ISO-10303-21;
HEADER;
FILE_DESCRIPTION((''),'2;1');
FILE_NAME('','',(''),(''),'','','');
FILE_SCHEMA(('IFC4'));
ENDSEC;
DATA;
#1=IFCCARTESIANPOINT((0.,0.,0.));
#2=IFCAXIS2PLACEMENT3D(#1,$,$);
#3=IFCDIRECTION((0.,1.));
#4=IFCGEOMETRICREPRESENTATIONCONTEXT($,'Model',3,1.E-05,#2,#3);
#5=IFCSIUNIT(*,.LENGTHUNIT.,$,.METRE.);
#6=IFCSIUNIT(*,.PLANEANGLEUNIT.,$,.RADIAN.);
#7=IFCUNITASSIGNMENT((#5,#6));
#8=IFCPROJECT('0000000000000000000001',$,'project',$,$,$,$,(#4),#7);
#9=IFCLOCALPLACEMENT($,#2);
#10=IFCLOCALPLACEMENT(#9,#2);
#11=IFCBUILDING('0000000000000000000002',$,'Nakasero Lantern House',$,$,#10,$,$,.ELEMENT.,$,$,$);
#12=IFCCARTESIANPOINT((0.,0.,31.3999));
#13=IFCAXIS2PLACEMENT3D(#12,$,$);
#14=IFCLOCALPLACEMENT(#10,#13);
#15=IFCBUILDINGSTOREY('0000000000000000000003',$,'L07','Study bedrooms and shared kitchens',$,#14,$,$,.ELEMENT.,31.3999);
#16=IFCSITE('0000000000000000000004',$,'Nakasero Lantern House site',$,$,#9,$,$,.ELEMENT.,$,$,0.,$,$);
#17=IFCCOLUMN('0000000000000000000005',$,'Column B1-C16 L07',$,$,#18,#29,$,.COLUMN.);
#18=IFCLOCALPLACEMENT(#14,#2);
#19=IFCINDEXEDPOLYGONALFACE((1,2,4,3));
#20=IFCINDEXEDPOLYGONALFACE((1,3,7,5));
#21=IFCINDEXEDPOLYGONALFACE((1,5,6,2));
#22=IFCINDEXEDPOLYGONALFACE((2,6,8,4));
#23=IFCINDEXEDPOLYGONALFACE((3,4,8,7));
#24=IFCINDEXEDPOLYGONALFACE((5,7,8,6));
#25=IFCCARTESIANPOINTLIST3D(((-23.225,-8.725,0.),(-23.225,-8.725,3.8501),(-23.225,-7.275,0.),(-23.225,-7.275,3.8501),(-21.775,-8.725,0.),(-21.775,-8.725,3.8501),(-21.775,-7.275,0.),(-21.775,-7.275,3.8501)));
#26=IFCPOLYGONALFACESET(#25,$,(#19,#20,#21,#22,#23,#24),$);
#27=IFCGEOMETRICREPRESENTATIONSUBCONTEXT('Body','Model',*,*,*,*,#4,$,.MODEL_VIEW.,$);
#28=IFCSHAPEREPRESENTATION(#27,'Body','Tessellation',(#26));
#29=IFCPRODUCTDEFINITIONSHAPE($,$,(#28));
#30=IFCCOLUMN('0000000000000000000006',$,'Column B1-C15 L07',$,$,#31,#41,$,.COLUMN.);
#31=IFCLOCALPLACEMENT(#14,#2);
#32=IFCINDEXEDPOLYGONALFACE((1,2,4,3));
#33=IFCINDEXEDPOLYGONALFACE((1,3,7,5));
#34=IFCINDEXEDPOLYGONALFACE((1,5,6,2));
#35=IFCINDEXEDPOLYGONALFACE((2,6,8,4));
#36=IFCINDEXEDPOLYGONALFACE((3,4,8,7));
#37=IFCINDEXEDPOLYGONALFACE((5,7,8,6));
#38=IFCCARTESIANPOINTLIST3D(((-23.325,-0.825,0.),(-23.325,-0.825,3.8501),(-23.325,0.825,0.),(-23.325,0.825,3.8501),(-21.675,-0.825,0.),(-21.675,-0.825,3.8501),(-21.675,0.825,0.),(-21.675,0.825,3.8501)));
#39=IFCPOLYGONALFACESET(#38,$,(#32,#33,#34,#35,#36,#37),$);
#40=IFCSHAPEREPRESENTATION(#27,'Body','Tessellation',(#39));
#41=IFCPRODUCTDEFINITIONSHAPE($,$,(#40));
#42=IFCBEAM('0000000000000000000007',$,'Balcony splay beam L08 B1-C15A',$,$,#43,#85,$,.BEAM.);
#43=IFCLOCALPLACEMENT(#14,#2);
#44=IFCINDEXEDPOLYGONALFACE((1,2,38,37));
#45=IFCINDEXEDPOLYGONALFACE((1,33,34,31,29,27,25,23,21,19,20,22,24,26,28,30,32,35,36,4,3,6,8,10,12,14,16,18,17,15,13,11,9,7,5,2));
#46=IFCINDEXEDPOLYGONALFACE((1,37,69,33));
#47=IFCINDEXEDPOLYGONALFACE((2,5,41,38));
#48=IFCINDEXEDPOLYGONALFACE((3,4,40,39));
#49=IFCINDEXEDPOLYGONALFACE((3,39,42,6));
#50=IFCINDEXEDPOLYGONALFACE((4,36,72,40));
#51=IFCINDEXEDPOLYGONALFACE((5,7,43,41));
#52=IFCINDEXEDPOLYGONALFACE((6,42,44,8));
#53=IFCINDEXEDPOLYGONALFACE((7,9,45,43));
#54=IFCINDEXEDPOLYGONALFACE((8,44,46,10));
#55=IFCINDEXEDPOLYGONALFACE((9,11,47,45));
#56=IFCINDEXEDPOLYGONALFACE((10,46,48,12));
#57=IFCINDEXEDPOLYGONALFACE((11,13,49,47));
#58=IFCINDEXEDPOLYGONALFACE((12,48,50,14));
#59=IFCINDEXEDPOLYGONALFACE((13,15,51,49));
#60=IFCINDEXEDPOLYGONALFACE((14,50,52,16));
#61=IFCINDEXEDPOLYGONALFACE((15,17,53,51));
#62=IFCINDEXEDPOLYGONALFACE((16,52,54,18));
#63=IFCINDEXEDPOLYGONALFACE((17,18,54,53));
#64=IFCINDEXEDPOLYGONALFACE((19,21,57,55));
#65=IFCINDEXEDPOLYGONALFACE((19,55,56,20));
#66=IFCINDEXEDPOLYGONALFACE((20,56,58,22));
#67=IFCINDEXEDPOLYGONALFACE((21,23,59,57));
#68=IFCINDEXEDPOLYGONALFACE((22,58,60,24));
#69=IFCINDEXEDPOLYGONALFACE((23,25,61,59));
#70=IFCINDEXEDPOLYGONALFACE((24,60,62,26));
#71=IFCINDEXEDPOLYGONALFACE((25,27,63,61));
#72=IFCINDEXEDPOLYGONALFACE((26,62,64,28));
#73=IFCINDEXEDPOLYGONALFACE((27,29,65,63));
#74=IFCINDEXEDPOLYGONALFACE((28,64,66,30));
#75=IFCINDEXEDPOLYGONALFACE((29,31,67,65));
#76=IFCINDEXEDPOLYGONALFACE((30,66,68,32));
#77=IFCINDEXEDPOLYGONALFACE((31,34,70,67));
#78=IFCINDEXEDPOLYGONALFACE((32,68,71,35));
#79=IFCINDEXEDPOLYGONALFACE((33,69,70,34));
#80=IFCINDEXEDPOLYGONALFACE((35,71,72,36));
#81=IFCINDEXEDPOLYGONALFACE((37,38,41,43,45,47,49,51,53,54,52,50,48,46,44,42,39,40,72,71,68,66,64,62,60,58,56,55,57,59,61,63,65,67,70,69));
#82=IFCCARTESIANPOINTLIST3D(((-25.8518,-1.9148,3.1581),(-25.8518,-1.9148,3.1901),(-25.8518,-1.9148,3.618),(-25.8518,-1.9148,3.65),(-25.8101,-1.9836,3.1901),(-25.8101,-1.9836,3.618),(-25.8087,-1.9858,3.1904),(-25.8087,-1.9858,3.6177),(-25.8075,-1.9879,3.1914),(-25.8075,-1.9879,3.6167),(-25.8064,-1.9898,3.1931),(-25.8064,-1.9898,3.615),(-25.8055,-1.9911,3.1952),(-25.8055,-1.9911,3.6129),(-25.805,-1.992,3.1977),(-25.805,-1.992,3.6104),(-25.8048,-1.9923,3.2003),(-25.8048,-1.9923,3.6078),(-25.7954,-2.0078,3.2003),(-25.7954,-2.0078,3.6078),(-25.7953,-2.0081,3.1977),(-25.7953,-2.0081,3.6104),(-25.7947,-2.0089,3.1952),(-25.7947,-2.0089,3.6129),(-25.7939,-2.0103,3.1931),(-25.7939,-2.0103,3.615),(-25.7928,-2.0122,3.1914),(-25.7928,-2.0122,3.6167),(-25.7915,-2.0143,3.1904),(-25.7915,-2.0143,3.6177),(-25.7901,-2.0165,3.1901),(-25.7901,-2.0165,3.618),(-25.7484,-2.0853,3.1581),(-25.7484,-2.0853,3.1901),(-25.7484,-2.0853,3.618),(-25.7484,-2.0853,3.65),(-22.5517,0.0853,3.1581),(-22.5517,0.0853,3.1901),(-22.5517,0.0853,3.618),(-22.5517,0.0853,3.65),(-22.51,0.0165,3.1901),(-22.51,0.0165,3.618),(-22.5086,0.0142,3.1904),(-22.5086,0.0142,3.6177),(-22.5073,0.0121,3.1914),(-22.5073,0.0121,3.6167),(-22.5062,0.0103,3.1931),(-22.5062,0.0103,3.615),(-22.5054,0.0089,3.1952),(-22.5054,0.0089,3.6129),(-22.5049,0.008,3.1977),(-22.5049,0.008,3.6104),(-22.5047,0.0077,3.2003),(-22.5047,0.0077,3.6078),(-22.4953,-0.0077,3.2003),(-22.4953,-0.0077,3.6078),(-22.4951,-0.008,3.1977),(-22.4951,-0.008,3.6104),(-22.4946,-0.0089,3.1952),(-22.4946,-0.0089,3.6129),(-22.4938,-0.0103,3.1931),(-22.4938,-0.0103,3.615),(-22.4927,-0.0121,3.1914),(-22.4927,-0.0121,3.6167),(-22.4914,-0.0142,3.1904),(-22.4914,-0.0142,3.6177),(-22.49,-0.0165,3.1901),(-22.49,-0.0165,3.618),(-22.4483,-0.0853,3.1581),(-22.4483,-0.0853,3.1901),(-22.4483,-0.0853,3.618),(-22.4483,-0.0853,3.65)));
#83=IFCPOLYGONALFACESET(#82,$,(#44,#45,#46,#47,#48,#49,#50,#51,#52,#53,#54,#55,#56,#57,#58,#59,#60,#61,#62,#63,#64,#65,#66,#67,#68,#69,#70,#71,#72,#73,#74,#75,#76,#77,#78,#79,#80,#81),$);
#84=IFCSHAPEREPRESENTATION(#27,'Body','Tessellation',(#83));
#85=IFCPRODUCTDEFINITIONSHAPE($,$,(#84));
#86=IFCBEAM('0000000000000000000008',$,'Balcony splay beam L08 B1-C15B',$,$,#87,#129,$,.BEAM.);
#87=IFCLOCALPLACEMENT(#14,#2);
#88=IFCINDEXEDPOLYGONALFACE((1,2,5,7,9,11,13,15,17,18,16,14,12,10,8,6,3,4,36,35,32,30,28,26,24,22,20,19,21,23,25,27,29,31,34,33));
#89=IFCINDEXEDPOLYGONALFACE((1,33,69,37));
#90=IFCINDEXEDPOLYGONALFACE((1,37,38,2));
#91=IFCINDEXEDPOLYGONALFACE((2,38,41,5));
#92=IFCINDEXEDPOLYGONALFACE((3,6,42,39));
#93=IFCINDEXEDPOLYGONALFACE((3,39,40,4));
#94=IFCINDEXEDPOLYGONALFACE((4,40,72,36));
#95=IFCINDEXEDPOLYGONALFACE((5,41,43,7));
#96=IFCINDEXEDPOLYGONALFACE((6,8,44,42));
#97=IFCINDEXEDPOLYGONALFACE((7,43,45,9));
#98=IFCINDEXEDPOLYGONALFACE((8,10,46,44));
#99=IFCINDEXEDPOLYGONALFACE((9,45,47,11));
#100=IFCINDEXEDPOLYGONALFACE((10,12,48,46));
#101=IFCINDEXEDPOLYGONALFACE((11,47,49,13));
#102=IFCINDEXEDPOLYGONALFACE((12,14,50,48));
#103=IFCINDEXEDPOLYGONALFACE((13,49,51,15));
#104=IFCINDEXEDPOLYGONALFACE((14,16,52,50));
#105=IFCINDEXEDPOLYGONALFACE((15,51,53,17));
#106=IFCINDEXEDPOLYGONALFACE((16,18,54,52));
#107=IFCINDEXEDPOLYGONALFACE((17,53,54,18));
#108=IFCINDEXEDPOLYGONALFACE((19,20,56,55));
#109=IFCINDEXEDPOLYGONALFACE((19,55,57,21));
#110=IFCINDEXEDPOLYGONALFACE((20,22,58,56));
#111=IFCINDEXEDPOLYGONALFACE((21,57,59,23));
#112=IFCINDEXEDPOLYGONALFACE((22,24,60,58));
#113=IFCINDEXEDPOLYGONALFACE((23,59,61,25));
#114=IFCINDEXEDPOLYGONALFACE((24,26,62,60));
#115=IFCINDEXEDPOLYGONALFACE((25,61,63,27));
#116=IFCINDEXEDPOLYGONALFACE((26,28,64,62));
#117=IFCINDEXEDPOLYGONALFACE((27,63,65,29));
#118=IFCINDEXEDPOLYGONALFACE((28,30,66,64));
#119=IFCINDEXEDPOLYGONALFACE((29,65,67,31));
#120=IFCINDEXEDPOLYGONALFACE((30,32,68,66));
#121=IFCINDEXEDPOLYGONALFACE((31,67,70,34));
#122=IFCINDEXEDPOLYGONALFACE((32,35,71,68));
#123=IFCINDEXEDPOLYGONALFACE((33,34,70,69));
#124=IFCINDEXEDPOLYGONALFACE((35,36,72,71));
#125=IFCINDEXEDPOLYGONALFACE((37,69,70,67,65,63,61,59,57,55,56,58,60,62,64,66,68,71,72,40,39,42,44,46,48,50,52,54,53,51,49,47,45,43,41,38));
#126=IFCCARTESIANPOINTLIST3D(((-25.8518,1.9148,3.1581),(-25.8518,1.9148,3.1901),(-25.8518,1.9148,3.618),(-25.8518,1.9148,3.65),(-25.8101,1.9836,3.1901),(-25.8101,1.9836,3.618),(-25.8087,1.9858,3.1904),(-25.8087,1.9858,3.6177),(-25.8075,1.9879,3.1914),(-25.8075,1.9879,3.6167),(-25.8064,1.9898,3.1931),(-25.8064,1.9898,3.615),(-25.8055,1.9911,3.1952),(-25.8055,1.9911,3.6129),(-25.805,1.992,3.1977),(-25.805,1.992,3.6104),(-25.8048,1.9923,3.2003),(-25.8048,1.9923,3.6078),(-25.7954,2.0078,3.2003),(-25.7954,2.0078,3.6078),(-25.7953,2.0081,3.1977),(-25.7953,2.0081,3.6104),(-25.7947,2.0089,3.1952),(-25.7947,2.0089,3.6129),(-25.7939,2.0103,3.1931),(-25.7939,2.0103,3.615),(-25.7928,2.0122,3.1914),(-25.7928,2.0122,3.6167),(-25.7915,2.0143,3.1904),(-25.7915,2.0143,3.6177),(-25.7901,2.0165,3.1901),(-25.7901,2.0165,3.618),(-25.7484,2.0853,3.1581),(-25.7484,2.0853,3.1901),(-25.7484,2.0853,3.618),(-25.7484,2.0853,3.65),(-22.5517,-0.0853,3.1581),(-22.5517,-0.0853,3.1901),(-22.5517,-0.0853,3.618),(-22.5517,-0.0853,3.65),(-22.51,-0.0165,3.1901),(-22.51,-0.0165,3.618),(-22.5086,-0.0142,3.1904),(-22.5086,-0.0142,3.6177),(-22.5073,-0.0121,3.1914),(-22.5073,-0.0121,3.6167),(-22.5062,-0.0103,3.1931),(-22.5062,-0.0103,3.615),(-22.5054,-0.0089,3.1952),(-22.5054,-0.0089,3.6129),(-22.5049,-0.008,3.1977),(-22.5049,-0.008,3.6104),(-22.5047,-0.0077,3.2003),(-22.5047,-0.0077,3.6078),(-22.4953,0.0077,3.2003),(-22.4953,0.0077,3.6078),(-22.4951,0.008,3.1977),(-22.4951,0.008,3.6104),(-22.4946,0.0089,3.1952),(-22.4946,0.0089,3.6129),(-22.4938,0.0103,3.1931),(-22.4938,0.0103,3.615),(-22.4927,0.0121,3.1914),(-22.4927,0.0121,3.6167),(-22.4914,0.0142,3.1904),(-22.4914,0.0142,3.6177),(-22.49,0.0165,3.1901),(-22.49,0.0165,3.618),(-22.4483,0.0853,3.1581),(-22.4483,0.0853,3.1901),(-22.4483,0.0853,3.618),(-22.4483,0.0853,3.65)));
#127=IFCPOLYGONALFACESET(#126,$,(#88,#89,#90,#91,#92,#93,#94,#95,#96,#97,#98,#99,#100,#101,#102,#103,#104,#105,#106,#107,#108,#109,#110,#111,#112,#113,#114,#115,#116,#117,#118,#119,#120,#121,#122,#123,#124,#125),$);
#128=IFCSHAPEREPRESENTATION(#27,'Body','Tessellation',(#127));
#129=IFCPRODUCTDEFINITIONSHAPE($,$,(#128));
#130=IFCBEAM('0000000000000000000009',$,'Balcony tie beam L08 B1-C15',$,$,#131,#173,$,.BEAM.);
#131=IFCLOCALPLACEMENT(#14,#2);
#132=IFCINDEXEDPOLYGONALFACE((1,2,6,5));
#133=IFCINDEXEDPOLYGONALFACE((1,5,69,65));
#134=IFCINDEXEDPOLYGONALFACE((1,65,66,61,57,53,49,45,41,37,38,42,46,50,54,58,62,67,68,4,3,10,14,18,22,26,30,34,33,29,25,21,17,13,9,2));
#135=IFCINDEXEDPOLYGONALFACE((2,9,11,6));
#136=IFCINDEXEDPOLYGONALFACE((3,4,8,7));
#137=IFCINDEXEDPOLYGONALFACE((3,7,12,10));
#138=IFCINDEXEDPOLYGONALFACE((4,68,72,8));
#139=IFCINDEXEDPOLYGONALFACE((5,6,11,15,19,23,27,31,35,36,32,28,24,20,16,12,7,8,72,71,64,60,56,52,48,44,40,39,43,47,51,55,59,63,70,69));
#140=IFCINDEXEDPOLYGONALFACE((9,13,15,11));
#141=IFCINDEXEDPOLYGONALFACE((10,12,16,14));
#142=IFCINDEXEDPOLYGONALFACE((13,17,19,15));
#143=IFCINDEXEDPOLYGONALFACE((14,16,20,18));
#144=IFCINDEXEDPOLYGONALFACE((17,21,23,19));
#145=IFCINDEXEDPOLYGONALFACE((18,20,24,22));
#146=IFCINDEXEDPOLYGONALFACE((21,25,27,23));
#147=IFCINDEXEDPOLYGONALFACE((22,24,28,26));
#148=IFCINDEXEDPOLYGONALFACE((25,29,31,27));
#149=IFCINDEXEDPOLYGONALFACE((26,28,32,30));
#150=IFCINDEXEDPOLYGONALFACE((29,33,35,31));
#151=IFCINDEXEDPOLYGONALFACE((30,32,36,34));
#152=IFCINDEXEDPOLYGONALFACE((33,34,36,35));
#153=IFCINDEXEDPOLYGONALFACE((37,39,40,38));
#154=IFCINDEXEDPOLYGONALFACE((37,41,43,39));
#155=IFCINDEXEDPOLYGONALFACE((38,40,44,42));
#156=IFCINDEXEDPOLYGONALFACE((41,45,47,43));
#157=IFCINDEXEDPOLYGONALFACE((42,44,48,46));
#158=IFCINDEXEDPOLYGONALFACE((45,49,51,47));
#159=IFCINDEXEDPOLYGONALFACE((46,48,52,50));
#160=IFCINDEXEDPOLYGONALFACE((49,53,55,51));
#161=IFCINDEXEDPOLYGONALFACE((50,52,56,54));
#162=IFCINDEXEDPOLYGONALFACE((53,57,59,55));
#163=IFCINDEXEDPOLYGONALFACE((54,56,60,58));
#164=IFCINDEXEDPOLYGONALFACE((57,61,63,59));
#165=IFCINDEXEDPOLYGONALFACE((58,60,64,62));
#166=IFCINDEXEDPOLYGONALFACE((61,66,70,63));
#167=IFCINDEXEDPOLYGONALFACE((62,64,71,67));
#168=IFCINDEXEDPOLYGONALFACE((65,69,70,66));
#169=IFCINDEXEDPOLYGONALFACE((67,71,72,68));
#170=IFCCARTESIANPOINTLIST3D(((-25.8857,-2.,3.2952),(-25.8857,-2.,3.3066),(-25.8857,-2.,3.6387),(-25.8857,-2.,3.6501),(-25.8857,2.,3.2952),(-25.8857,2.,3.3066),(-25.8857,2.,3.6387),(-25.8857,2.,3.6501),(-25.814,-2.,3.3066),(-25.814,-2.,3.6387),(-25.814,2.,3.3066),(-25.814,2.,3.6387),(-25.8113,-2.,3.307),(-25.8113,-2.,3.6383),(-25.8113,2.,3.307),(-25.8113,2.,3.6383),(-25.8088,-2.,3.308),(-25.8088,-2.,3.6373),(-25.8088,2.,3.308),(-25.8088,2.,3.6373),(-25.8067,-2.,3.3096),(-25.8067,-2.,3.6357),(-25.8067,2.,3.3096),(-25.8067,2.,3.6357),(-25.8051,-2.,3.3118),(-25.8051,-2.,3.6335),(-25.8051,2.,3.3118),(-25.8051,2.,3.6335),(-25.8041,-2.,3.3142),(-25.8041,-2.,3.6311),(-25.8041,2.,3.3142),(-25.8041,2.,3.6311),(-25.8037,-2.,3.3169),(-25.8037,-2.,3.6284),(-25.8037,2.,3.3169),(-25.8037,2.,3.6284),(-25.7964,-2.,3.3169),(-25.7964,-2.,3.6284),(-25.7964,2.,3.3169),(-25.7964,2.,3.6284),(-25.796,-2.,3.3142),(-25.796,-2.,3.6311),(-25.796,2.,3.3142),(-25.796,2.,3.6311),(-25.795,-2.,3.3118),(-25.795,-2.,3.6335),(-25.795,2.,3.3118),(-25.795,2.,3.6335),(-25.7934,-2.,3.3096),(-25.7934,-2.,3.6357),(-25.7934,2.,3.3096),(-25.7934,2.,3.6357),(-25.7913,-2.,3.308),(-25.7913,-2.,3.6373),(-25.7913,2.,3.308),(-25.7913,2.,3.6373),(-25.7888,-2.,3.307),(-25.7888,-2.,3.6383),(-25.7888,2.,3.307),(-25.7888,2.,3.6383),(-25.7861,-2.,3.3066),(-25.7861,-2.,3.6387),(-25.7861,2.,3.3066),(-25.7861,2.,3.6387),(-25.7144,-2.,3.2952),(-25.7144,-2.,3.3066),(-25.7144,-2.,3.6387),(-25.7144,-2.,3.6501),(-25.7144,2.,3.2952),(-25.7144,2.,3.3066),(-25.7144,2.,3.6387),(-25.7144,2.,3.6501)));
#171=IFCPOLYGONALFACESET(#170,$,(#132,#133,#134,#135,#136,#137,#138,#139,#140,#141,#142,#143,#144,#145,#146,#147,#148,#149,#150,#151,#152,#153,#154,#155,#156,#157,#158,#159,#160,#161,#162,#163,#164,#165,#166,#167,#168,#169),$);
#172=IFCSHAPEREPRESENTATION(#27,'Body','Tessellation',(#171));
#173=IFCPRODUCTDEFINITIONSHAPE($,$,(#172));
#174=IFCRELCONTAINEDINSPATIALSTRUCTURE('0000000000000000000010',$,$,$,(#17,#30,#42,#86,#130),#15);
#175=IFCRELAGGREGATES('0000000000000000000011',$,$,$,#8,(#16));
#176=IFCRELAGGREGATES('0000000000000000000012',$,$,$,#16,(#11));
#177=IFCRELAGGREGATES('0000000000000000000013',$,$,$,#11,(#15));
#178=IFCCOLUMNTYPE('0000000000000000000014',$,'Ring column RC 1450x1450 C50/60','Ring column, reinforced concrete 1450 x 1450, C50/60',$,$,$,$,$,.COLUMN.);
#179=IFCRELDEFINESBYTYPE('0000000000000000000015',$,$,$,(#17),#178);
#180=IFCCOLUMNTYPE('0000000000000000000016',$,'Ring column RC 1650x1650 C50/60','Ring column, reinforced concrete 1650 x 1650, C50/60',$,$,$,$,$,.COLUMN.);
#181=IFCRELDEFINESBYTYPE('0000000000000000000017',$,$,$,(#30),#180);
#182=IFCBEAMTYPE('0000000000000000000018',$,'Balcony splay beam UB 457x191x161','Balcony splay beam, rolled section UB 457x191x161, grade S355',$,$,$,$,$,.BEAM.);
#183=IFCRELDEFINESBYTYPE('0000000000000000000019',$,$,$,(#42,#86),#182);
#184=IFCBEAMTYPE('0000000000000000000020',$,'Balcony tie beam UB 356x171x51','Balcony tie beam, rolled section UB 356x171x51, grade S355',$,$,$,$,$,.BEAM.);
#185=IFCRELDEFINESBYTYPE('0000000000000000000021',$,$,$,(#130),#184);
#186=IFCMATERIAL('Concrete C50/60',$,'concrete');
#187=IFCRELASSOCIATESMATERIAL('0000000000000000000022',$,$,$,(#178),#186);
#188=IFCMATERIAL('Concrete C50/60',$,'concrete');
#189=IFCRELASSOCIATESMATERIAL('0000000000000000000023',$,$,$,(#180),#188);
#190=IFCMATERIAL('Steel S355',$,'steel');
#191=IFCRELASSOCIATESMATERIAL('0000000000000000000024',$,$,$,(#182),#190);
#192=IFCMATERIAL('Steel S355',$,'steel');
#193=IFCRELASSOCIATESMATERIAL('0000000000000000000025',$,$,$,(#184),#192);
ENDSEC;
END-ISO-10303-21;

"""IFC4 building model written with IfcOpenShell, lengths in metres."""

from ifc_helpers import new_model, si_unit, direction, frame, origin, origin_2d, place, context, subcontext, project, spatial, rectangle, i_section, extrude, material, material_profile, profile_set, type_object, element, save


model = new_model("IFC4")

# Units and contexts
model_context = context("Model", 3, precision=1e-05, world=origin(), true_north=direction((0.0, 1.0)))
body_context = subcontext(model_context, "Body", "Model", "MODEL_VIEW")
ifc_project = project(units=[si_unit("LENGTHUNIT", "METRE"), si_unit("PLANEANGLEUNIT", "RADIAN")], contexts=[model_context])

# Site, building, storey
site_placement = place(None, origin())
site = spatial("IfcSite", under=ifc_project, at=site_placement, Name="Nakasero Lantern House site", CompositionType="ELEMENT", RefElevation=0.0)
building_placement = place(site_placement, origin())
building = spatial("IfcBuilding", under=site, at=building_placement, Name="Nakasero Lantern House", CompositionType="ELEMENT")
storey_placement = place(building_placement, frame((0.0, 0.0, 31.3999)))
storey = spatial("IfcBuildingStorey", under=building, at=storey_placement, Name="L07", Description="Study bedrooms and shared kitchens", CompositionType="ELEMENT", Elevation=31.3999)

# Columns
ifc_material_1 = material(Name="Concrete C50/60", Category="concrete")
ifc_material_profile_1 = material_profile(ifc_material_1, rectangle(XDim=1.45, YDim=1.45, at=origin_2d()), Name="RC 1450x1450")
ifc_profile_set_1 = profile_set([ifc_material_profile_1], Name="Concrete C50/60")
column_type_1 = type_object("IfcColumnType", Name="Ring column RC 1450x1450 C50/60", Description="Ring column, reinforced concrete 1450 x 1450, C50/60", PredefinedType="COLUMN", material=ifc_profile_set_1)
column_1_placement = place(storey_placement, frame((-22.5, -8.0, 0.0), z_axis=(0.0, 0.0, 1.0), x_axis=(1.0, 0.0, 0.0)))
element("IfcColumn", 1, at=column_1_placement, inside=storey, type_object=column_type_1, Name="Column B1-C16 L07", PredefinedType="COLUMN", context=body_context, shape_type="SweptSolid", body=[
    extrude(rectangle(XDim=1.45, YDim=1.45, at=origin_2d()), origin(), (0.0, 0.0, 1.0), 3.8501),
])
ifc_material_2 = material(Name="Concrete C50/60", Category="concrete")
ifc_material_profile_2 = material_profile(ifc_material_2, rectangle(XDim=1.6499, YDim=1.6499, at=origin_2d()), Name="RC 1650x1650")
ifc_profile_set_2 = profile_set([ifc_material_profile_2], Name="Concrete C50/60")
column_type_2 = type_object("IfcColumnType", Name="Ring column RC 1650x1650 C50/60", Description="Ring column, reinforced concrete 1650 x 1650, C50/60", PredefinedType="COLUMN", material=ifc_profile_set_2)
column_2_placement = place(storey_placement, frame((-22.5, 0.0, 0.0), z_axis=(0.0, 0.0, 1.0), x_axis=(1.0, 0.0, 0.0)))
element("IfcColumn", 2, at=column_2_placement, inside=storey, type_object=column_type_2, Name="Column B1-C15 L07", PredefinedType="COLUMN", context=body_context, shape_type="SweptSolid", body=[
    extrude(rectangle(XDim=1.6499, YDim=1.6499, at=origin_2d()), origin(), (0.0, 0.0, 1.0), 3.8501),
])

# Beams
ifc_material_3 = material(Name="Steel S355", Category="steel")
ifc_material_profile_3 = material_profile(ifc_material_3, i_section(OverallWidth=0.1995, OverallDepth=0.4919, WebThickness=0.0181, FlangeThickness=0.032, FilletRadius=0.0103, at=origin_2d()), Name="UB 457x191x161")
ifc_profile_set_3 = profile_set([ifc_material_profile_3], Name="Steel S355")
beam_type_1 = type_object("IfcBeamType", Name="Balcony splay beam UB 457x191x161", Description="Balcony splay beam, rolled section UB 457x191x161, grade S355", PredefinedType="BEAM", material=ifc_profile_set_3)
for number, where, z_axis, x_axis, name in (
    (3, (-22.5, 0.0, 3.4041), (-0.855201, -0.518296, 0.0), (0.518296, -0.855201, 0.0), "Balcony splay beam L08 B1-C15A"),
    (4, (-22.5, 0.0, 3.4041), (-0.855201, 0.518296, 0.0), (-0.518296, -0.855201, 0.0), "Balcony splay beam L08 B1-C15B"),
):
    element("IfcBeam", number, at=place(storey_placement, frame(where, z_axis=z_axis, x_axis=x_axis)), inside=storey, type_object=beam_type_1, Name=name, PredefinedType="BEAM", context=body_context, shape_type="SweptSolid", body=[
        extrude(i_section(OverallWidth=0.1995, OverallDepth=0.4919, WebThickness=0.0181, FlangeThickness=0.032, FilletRadius=0.0103, at=origin_2d()), origin(), (0.0, 0.0, 1.0), 3.8589),
    ])
ifc_material_4 = material(Name="Steel S355", Category="steel")
ifc_material_profile_4 = material_profile(ifc_material_4, i_section(OverallWidth=0.1714, OverallDepth=0.355, WebThickness=0.0073, FlangeThickness=0.0115, FilletRadius=0.0103, at=origin_2d()), Name="UB 356x171x51")
ifc_profile_set_4 = profile_set([ifc_material_profile_4], Name="Steel S355")
beam_type_2 = type_object("IfcBeamType", Name="Balcony tie beam UB 356x171x51", Description="Balcony tie beam, rolled section UB 356x171x51, grade S355", PredefinedType="BEAM", material=ifc_profile_set_4)
beam_1_placement = place(storey_placement, frame((-25.8, -2.0, 3.4727), z_axis=(0.0, 1.0, 0.0), x_axis=(-1.0, 0.0, 0.0)))
element("IfcBeam", 5, at=beam_1_placement, inside=storey, type_object=beam_type_2, Name="Balcony tie beam L08 B1-C15", PredefinedType="BEAM", context=body_context, shape_type="SweptSolid", body=[
    extrude(i_section(OverallWidth=0.1714, OverallDepth=0.355, WebThickness=0.0073, FlangeThickness=0.0115, FilletRadius=0.0103, at=origin_2d()), origin(), (0.0, 0.0, 1.0), 4.0),
])

save(model, "model.ifc")
